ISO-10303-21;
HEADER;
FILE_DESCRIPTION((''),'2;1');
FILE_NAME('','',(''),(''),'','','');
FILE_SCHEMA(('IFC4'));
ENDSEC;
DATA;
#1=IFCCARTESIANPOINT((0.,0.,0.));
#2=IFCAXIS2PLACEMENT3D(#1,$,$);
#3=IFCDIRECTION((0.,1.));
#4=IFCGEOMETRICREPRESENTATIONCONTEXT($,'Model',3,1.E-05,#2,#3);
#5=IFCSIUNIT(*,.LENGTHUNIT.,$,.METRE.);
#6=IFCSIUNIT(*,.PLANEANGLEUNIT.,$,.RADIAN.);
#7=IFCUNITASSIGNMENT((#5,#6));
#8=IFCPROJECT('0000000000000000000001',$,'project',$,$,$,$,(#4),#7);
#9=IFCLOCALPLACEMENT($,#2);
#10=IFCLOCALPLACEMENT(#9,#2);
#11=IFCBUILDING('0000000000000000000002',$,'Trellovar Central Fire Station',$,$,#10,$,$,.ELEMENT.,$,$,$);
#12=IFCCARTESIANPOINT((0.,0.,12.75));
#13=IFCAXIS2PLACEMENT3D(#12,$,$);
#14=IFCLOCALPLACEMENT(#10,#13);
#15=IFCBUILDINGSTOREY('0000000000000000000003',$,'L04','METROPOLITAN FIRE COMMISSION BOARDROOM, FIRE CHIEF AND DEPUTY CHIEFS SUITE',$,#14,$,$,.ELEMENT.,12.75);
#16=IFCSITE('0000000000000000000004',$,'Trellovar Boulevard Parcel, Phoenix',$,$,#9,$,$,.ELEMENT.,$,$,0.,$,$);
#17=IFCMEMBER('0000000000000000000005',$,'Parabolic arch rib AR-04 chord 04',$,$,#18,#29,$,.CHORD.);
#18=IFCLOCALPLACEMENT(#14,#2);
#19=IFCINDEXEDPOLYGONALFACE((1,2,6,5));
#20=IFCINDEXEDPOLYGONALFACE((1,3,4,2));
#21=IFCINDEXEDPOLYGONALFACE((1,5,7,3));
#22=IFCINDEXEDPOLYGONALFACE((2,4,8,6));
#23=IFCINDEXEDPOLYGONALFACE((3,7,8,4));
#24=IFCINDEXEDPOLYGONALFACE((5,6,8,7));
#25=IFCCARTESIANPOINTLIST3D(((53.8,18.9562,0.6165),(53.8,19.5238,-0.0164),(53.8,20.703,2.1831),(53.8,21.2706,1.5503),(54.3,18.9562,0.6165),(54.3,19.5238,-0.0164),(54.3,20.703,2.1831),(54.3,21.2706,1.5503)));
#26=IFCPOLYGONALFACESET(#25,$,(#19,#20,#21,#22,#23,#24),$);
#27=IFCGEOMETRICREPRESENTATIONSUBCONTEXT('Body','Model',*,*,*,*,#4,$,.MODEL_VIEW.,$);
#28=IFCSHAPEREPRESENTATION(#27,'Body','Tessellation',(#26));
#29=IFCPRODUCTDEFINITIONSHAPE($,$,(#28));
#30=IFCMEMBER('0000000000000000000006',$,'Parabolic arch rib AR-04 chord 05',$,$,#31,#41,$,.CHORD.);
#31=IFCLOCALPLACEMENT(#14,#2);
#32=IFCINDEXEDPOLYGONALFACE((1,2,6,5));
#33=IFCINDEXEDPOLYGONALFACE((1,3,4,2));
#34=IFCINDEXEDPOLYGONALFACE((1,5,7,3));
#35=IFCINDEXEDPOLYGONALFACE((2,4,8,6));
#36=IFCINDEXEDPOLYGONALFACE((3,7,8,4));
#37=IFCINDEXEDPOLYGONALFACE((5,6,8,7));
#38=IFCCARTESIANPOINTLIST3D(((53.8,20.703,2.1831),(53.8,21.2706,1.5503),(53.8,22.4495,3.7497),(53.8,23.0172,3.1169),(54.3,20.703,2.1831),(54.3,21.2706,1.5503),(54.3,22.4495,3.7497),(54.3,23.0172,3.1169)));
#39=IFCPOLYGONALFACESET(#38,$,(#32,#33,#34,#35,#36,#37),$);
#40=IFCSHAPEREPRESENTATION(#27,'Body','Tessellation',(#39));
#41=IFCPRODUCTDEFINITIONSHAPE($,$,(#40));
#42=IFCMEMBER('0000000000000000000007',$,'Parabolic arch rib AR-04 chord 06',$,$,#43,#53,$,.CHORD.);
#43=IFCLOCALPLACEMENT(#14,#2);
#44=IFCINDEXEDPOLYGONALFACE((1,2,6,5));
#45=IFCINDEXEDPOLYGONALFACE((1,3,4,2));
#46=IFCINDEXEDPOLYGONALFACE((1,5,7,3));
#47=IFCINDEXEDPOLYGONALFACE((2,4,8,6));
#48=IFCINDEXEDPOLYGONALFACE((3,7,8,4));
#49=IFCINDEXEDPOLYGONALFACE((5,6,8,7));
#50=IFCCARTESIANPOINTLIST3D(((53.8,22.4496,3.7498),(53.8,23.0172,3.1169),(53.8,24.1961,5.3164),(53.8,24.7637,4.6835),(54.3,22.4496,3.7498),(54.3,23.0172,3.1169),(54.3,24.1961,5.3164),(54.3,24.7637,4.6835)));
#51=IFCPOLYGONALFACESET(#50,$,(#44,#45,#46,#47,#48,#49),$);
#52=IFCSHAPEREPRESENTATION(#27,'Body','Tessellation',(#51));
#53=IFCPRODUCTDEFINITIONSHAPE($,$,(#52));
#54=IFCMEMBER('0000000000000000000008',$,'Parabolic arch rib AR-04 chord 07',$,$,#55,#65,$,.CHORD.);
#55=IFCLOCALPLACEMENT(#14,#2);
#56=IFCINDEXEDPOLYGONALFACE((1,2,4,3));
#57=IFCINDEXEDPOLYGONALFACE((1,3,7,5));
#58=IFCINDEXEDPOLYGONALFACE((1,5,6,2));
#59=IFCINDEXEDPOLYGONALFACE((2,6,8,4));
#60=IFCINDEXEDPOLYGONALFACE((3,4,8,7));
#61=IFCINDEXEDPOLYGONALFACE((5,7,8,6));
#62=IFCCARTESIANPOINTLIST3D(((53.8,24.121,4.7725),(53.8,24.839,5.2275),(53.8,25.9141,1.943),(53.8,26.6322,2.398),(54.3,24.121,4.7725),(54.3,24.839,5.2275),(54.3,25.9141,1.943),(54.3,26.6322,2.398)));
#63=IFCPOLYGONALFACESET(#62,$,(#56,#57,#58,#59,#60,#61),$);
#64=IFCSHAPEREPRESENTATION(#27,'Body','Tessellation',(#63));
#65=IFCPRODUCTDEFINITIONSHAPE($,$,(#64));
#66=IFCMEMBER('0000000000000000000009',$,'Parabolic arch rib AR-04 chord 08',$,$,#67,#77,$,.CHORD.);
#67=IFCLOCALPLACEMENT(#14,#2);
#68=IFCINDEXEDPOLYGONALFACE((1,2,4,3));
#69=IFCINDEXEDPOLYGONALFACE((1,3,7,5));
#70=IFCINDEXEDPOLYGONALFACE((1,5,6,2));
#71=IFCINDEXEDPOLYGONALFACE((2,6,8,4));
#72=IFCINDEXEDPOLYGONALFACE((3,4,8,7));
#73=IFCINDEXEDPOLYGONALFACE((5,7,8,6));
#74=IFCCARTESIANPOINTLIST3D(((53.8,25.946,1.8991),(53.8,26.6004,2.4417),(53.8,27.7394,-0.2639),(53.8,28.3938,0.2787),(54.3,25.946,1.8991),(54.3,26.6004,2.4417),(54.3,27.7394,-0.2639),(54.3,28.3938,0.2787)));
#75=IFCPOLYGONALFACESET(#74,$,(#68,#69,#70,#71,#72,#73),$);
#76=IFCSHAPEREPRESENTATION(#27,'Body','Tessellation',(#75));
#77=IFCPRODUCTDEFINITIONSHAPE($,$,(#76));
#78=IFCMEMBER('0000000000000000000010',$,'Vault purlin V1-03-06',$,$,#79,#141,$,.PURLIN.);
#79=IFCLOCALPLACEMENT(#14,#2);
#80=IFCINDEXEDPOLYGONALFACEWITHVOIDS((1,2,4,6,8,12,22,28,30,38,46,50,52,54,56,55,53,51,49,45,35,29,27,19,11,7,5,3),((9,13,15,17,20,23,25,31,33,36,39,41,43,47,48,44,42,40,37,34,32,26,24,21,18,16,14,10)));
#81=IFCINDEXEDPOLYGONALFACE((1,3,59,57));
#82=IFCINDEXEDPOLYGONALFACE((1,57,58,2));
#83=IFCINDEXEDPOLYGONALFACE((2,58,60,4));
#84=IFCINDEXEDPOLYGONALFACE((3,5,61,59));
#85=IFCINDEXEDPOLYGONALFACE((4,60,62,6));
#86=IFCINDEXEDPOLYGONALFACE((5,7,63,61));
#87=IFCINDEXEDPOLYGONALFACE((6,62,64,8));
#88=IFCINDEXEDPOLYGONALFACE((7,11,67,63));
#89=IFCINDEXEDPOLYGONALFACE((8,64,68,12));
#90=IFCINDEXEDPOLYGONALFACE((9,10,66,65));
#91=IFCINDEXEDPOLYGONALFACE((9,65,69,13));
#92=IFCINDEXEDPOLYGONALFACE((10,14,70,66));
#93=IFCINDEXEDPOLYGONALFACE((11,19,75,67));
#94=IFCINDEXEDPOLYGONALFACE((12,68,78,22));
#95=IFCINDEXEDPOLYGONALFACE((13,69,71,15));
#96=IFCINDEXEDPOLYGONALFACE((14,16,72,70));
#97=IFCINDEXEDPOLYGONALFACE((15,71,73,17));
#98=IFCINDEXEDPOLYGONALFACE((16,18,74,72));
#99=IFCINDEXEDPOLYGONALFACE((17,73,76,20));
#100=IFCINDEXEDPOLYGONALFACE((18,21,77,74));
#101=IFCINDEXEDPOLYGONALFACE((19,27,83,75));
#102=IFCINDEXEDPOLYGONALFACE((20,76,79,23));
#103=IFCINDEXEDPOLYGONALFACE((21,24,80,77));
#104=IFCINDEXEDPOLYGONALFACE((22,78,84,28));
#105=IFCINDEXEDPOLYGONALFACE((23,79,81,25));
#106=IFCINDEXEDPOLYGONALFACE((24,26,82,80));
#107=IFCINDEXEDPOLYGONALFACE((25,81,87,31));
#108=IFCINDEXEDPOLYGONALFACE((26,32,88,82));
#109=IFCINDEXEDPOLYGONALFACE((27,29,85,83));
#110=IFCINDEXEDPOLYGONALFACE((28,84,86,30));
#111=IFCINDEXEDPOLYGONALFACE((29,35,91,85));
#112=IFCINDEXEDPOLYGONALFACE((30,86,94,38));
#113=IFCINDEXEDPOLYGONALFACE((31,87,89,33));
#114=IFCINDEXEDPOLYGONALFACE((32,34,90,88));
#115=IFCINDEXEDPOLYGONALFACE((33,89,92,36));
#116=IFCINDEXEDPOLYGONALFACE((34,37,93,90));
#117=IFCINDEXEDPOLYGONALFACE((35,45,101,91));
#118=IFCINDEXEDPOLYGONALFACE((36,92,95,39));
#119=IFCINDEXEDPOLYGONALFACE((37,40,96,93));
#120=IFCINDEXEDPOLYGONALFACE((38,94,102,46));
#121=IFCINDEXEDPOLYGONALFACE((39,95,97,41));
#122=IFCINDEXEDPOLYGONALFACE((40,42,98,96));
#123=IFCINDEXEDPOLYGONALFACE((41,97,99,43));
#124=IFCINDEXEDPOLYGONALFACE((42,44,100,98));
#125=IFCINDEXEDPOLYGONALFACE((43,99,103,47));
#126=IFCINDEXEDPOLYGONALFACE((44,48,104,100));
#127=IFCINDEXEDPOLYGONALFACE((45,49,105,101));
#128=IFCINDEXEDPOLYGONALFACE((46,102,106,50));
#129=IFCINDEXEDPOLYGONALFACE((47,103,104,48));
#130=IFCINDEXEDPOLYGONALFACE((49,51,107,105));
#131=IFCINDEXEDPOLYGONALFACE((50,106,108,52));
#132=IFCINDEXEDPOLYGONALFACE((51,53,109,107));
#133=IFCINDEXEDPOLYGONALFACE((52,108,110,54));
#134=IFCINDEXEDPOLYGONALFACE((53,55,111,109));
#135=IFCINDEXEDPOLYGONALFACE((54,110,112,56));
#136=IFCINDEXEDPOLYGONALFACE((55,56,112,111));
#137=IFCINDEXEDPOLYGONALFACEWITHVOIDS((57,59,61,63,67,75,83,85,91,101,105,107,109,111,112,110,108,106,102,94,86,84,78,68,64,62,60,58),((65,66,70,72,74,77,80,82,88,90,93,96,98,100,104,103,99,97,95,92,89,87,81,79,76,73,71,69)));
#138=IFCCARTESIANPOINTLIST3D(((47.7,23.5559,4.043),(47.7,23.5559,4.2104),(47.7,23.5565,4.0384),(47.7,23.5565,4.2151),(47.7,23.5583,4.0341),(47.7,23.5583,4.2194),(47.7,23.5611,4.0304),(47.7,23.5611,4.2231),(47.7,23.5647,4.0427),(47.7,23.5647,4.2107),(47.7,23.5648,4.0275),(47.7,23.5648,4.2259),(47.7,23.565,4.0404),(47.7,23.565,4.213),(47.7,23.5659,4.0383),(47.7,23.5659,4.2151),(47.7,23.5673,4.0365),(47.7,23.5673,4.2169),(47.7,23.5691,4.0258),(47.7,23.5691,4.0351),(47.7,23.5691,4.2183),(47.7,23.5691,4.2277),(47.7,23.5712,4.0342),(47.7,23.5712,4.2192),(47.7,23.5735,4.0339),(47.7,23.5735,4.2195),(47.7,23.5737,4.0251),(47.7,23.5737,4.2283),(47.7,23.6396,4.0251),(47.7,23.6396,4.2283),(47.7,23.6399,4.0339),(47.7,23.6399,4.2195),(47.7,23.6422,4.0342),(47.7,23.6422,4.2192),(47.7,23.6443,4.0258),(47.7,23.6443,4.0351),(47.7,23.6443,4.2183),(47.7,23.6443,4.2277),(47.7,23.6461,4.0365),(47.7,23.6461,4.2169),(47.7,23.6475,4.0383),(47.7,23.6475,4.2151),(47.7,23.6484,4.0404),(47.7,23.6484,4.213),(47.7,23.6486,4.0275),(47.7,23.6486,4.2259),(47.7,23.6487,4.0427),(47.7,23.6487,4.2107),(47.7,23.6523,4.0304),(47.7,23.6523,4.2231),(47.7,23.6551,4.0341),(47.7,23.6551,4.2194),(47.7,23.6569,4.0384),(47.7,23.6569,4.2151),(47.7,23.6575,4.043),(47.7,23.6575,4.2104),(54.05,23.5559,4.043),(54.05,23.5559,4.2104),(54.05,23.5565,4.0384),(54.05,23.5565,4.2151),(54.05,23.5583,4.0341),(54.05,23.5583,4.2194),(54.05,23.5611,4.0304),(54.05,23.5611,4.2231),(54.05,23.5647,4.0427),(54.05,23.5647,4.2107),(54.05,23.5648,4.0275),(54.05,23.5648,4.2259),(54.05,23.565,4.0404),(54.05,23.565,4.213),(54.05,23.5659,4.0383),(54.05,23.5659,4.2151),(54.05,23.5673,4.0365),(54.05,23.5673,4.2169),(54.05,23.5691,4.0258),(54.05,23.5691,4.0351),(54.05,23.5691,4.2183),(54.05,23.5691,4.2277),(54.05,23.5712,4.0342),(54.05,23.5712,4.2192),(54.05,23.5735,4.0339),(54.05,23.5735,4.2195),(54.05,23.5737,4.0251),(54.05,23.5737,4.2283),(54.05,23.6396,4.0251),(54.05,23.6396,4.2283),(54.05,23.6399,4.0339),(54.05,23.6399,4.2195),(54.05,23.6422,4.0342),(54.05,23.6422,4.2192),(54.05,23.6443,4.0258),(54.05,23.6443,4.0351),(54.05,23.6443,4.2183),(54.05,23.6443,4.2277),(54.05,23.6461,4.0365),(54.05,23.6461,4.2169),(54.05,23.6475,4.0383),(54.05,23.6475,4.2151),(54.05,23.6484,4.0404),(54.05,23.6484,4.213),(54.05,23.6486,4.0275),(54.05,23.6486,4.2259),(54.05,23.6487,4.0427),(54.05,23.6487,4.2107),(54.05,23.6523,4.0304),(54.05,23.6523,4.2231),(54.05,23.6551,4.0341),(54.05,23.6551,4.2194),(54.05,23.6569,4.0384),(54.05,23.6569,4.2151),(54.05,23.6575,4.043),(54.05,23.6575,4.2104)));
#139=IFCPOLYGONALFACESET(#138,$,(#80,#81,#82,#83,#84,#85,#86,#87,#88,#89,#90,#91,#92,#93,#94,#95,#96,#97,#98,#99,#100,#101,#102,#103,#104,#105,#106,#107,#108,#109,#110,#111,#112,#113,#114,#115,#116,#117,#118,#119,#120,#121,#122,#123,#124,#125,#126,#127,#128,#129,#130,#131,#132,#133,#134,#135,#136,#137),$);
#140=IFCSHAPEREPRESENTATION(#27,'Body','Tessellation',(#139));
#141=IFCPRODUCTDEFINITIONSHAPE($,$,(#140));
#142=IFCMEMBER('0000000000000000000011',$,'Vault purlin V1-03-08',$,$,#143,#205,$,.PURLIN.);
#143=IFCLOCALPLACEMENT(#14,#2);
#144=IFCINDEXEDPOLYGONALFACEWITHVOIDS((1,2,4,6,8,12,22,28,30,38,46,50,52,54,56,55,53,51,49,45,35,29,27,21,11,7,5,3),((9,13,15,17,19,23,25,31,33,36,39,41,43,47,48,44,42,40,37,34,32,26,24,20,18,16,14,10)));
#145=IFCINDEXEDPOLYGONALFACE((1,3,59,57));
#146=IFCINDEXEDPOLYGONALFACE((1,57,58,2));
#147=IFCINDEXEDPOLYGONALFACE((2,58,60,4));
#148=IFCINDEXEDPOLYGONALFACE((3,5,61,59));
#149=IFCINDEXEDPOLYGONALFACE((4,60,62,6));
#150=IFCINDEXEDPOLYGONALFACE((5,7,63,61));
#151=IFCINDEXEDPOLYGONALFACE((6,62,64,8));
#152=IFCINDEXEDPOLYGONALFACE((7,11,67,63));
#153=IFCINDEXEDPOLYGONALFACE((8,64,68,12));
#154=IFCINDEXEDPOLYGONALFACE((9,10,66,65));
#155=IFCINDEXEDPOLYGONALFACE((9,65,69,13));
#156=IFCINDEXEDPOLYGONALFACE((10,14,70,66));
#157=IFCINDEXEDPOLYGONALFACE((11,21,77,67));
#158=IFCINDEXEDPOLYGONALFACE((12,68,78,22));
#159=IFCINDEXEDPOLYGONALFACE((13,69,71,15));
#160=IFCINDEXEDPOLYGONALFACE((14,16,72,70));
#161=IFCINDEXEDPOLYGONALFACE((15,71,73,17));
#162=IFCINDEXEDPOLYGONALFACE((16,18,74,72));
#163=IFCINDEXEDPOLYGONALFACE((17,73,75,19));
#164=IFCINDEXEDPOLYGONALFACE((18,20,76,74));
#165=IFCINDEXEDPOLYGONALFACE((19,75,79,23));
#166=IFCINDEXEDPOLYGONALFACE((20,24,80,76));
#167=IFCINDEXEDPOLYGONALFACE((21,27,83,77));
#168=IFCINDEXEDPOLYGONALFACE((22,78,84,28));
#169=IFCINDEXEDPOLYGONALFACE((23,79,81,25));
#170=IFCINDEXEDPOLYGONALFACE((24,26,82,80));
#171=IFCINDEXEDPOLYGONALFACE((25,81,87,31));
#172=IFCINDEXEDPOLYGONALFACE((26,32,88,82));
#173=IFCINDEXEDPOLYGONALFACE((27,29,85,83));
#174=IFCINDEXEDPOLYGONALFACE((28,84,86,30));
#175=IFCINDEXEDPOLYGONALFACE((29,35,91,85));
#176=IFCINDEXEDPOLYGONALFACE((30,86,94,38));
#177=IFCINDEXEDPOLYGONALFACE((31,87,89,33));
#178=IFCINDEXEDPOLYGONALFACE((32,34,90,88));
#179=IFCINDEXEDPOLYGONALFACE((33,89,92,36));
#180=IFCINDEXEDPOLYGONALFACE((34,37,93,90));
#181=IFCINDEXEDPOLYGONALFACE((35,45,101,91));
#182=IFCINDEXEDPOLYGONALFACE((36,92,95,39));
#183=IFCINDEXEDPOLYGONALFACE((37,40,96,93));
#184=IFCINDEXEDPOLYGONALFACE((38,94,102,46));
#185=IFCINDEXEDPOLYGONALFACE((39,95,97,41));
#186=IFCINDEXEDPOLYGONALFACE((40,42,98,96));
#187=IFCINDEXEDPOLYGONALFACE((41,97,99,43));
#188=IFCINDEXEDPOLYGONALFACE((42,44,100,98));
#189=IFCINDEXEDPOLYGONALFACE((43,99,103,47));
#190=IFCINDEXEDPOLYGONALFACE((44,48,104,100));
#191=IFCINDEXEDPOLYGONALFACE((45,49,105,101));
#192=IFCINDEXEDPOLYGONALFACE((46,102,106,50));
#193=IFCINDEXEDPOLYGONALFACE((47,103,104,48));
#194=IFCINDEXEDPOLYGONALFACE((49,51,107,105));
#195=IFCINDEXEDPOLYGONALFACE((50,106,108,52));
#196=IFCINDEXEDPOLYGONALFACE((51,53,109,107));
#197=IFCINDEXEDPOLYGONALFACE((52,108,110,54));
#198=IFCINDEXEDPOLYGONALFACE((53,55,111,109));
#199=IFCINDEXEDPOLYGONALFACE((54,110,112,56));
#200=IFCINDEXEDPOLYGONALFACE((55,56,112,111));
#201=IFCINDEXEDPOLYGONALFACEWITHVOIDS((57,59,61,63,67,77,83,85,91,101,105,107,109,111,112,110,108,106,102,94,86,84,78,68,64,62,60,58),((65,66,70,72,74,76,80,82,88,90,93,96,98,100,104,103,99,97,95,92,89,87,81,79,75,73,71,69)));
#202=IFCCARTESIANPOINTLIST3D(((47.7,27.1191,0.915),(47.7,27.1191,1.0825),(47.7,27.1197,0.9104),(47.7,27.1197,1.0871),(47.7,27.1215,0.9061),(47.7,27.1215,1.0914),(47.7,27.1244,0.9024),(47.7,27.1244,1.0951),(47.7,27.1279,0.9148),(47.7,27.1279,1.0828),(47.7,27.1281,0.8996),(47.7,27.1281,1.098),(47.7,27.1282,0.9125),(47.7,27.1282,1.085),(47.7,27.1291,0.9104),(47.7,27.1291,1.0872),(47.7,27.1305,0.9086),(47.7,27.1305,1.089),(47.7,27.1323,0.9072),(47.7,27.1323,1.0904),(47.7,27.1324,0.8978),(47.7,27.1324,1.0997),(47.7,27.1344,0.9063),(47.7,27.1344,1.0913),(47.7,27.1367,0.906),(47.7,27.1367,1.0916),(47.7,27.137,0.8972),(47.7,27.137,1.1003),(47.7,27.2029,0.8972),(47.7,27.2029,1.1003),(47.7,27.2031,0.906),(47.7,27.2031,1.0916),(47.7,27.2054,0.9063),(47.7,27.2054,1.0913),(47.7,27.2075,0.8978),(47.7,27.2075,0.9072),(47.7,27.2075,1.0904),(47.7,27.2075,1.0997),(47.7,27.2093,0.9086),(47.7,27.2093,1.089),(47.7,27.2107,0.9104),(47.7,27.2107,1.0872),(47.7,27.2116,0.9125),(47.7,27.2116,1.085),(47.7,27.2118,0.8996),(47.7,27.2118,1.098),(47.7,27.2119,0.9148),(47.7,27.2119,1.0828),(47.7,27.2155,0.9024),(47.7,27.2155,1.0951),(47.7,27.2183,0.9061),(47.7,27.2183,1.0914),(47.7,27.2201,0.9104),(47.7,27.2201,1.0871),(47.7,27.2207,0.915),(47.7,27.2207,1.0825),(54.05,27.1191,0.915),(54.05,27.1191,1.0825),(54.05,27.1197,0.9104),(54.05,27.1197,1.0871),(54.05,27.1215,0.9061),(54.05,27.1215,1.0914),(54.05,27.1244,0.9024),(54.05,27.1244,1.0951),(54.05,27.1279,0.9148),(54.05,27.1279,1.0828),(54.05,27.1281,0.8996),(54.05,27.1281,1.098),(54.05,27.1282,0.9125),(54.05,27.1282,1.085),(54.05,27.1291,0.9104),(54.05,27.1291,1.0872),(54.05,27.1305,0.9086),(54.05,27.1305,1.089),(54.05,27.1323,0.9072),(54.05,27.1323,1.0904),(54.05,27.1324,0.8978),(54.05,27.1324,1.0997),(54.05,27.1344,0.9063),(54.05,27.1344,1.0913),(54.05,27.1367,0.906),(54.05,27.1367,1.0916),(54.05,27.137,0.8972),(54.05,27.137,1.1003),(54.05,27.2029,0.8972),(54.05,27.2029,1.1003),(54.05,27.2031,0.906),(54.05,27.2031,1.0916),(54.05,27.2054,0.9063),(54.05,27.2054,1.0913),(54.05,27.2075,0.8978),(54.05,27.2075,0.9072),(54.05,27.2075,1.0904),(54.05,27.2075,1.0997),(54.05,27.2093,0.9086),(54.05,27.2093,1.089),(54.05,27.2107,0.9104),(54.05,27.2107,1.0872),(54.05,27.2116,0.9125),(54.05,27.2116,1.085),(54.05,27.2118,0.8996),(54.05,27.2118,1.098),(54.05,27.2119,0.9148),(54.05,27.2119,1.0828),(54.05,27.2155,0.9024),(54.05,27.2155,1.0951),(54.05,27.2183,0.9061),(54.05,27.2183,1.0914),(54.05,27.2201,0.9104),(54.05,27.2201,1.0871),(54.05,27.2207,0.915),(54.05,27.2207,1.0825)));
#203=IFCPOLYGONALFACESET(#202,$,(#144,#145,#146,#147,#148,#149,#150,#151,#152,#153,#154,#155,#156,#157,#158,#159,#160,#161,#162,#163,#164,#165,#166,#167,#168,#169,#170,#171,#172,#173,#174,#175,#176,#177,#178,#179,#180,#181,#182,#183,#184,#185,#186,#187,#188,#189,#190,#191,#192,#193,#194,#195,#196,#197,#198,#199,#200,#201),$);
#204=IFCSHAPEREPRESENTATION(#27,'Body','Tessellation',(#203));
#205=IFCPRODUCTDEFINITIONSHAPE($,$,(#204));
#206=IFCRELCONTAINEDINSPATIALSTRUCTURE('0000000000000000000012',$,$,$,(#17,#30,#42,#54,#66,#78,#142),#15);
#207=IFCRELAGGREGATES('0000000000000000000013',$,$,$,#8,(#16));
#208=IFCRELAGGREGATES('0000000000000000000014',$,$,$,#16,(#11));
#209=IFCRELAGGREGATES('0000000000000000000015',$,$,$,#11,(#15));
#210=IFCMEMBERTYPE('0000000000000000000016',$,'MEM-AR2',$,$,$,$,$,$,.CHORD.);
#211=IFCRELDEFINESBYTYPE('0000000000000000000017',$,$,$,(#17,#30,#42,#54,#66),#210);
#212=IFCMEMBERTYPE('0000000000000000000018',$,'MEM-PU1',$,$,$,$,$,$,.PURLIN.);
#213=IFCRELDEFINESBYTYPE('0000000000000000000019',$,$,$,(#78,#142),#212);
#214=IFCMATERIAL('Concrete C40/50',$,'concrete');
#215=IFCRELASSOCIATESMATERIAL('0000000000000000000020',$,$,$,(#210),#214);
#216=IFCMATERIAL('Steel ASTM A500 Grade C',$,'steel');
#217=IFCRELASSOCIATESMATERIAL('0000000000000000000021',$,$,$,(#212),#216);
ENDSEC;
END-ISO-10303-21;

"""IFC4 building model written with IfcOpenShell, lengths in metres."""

from ifc_helpers import new_model, si_unit, direction, frame, origin, origin_2d, place, context, subcontext, project, spatial, rectangle, hollow_rectangle, extrude, material, material_profile, profile_set, type_object, element, save


model = new_model("IFC4")

# Units and contexts
model_context = context("Model", 3, precision=1e-05, world=origin(), true_north=direction((0.0, 1.0)))
body_context = subcontext(model_context, "Body", "Model", "MODEL_VIEW")
ifc_project = project(units=[si_unit("LENGTHUNIT", "METRE"), si_unit("PLANEANGLEUNIT", "RADIAN")], contexts=[model_context])

# Site, building, storey
site_placement = place(None, origin())
site = spatial("IfcSite", under=ifc_project, at=site_placement, Name="Trellovar Boulevard Parcel, Phoenix", CompositionType="ELEMENT", RefElevation=0.0)
building_placement = place(site_placement, origin())
building = spatial("IfcBuilding", under=site, at=building_placement, Name="Trellovar Central Fire Station", CompositionType="ELEMENT")
storey_placement = place(building_placement, frame((0.0, 0.0, 12.75)))
storey = spatial("IfcBuildingStorey", under=building, at=storey_placement, Name="L04", Description="METROPOLITAN FIRE COMMISSION BOARDROOM, FIRE CHIEF AND DEPUTY CHIEFS SUITE", CompositionType="ELEMENT", Elevation=12.75)

# Members
ifc_material_1 = material(Name="Concrete C40/50", Category="concrete")
ifc_material_profile_1 = material_profile(ifc_material_1, rectangle(XDim=0.5, YDim=0.8501, at=origin_2d()), Name="RC500X850")
ifc_profile_set_1 = profile_set([ifc_material_profile_1], Name="Concrete C40/50")
member_type_1 = type_object("IfcMemberType", Name="MEM-AR2", PredefinedType="CHORD", material=ifc_profile_set_1)
member_1_placement = place(storey_placement, frame((54.05, 19.24, 0.3), z_axis=(0.0, 0.744457, 0.66767), x_axis=(-1.0, 0.0, 0.0)))
element("IfcMember", 1, at=member_1_placement, inside=storey, type_object=member_type_1, Name="Parabolic arch rib AR-04 chord 04", PredefinedType="CHORD", context=body_context, shape_type="SweptSolid", body=[
    extrude(rectangle(XDim=0.5, YDim=0.8501, at=origin_2d()), origin(), (0.0, 0.0, 1.0), 2.3464),
])
for number, where, z_axis, x_axis, name in (
    (2, (54.05, 20.9868, 1.8667), (0.0, 0.744411, 0.667722), (-1.0, 0.0, 0.0), "Parabolic arch rib AR-04 chord 05"),
    (3, (54.05, 22.7334, 3.4333), (0.0, 0.744411, 0.667722), (-1.0, 0.0, 0.0), "Parabolic arch rib AR-04 chord 06"),
):
    element("IfcMember", number, at=place(storey_placement, frame(where, z_axis=z_axis, x_axis=x_axis)), inside=storey, type_object=member_type_1, Name=name, PredefinedType="CHORD", context=body_context, shape_type="SweptSolid", body=[
        extrude(rectangle(XDim=0.5, YDim=0.8501, at=origin_2d()), origin(), (0.0, 0.0, 1.0), 2.3462),
    ])
member_2_placement = place(storey_placement, frame((54.05, 24.48, 5.0), z_axis=(0.0, 0.535295, -0.844665), x_axis=(-1.0, 0.0, 0.0)))
element("IfcMember", 4, at=member_2_placement, inside=storey, type_object=member_type_1, Name="Parabolic arch rib AR-04 chord 07", PredefinedType="CHORD", context=body_context, shape_type="SweptSolid", body=[
    extrude(rectangle(XDim=0.5, YDim=0.8501, at=origin_2d()), origin(), (0.0, 0.0, 1.0), 3.3499),
])
member_3_placement = place(storey_placement, frame((54.05, 26.2732, 2.1704), z_axis=(0.0, 0.638268, -0.769814), x_axis=(-1.0, 0.0, 0.0)))
element("IfcMember", 5, at=member_3_placement, inside=storey, type_object=member_type_1, Name="Parabolic arch rib AR-04 chord 08", PredefinedType="CHORD", context=body_context, shape_type="SweptSolid", body=[
    extrude(rectangle(XDim=0.5, YDim=0.8501, at=origin_2d()), origin(), (0.0, 0.0, 1.0), 2.8098),
])
ifc_material_2 = material(Name="Steel ASTM A500 Grade C", Category="steel")
ifc_material_profile_2 = material_profile(ifc_material_2, hollow_rectangle(XDim=0.1016, YDim=0.2031, WallThickness=0.0088, InnerFilletRadius=0.0088, OuterFilletRadius=0.0178, at=origin_2d()), Name="HSS8X4X3/8")
ifc_profile_set_2 = profile_set([ifc_material_profile_2], Name="Steel ASTM A500 Grade C")
member_type_2 = type_object("IfcMemberType", Name="MEM-PU1", PredefinedType="PURLIN", material=ifc_profile_set_2)
for number, where, z_axis, x_axis, name in (
    (6, (47.7, 23.6067, 4.1267), (1.0, 0.0, 0.0), (0.0, 1.0, 0.0), "Vault purlin V1-03-06"),
    (7, (47.7, 27.1699, 0.9988), (1.0, 0.0, 0.0), (0.0, 1.0, 0.0), "Vault purlin V1-03-08"),
):
    element("IfcMember", number, at=place(storey_placement, frame(where, z_axis=z_axis, x_axis=x_axis)), inside=storey, type_object=member_type_2, Name=name, PredefinedType="PURLIN", context=body_context, shape_type="SweptSolid", body=[
        extrude(hollow_rectangle(XDim=0.1016, YDim=0.2031, WallThickness=0.0088, InnerFilletRadius=0.0088, OuterFilletRadius=0.0178, at=origin_2d()), origin(), (0.0, 0.0, 1.0), 6.3501),
    ])

save(model, "model.ifc")
